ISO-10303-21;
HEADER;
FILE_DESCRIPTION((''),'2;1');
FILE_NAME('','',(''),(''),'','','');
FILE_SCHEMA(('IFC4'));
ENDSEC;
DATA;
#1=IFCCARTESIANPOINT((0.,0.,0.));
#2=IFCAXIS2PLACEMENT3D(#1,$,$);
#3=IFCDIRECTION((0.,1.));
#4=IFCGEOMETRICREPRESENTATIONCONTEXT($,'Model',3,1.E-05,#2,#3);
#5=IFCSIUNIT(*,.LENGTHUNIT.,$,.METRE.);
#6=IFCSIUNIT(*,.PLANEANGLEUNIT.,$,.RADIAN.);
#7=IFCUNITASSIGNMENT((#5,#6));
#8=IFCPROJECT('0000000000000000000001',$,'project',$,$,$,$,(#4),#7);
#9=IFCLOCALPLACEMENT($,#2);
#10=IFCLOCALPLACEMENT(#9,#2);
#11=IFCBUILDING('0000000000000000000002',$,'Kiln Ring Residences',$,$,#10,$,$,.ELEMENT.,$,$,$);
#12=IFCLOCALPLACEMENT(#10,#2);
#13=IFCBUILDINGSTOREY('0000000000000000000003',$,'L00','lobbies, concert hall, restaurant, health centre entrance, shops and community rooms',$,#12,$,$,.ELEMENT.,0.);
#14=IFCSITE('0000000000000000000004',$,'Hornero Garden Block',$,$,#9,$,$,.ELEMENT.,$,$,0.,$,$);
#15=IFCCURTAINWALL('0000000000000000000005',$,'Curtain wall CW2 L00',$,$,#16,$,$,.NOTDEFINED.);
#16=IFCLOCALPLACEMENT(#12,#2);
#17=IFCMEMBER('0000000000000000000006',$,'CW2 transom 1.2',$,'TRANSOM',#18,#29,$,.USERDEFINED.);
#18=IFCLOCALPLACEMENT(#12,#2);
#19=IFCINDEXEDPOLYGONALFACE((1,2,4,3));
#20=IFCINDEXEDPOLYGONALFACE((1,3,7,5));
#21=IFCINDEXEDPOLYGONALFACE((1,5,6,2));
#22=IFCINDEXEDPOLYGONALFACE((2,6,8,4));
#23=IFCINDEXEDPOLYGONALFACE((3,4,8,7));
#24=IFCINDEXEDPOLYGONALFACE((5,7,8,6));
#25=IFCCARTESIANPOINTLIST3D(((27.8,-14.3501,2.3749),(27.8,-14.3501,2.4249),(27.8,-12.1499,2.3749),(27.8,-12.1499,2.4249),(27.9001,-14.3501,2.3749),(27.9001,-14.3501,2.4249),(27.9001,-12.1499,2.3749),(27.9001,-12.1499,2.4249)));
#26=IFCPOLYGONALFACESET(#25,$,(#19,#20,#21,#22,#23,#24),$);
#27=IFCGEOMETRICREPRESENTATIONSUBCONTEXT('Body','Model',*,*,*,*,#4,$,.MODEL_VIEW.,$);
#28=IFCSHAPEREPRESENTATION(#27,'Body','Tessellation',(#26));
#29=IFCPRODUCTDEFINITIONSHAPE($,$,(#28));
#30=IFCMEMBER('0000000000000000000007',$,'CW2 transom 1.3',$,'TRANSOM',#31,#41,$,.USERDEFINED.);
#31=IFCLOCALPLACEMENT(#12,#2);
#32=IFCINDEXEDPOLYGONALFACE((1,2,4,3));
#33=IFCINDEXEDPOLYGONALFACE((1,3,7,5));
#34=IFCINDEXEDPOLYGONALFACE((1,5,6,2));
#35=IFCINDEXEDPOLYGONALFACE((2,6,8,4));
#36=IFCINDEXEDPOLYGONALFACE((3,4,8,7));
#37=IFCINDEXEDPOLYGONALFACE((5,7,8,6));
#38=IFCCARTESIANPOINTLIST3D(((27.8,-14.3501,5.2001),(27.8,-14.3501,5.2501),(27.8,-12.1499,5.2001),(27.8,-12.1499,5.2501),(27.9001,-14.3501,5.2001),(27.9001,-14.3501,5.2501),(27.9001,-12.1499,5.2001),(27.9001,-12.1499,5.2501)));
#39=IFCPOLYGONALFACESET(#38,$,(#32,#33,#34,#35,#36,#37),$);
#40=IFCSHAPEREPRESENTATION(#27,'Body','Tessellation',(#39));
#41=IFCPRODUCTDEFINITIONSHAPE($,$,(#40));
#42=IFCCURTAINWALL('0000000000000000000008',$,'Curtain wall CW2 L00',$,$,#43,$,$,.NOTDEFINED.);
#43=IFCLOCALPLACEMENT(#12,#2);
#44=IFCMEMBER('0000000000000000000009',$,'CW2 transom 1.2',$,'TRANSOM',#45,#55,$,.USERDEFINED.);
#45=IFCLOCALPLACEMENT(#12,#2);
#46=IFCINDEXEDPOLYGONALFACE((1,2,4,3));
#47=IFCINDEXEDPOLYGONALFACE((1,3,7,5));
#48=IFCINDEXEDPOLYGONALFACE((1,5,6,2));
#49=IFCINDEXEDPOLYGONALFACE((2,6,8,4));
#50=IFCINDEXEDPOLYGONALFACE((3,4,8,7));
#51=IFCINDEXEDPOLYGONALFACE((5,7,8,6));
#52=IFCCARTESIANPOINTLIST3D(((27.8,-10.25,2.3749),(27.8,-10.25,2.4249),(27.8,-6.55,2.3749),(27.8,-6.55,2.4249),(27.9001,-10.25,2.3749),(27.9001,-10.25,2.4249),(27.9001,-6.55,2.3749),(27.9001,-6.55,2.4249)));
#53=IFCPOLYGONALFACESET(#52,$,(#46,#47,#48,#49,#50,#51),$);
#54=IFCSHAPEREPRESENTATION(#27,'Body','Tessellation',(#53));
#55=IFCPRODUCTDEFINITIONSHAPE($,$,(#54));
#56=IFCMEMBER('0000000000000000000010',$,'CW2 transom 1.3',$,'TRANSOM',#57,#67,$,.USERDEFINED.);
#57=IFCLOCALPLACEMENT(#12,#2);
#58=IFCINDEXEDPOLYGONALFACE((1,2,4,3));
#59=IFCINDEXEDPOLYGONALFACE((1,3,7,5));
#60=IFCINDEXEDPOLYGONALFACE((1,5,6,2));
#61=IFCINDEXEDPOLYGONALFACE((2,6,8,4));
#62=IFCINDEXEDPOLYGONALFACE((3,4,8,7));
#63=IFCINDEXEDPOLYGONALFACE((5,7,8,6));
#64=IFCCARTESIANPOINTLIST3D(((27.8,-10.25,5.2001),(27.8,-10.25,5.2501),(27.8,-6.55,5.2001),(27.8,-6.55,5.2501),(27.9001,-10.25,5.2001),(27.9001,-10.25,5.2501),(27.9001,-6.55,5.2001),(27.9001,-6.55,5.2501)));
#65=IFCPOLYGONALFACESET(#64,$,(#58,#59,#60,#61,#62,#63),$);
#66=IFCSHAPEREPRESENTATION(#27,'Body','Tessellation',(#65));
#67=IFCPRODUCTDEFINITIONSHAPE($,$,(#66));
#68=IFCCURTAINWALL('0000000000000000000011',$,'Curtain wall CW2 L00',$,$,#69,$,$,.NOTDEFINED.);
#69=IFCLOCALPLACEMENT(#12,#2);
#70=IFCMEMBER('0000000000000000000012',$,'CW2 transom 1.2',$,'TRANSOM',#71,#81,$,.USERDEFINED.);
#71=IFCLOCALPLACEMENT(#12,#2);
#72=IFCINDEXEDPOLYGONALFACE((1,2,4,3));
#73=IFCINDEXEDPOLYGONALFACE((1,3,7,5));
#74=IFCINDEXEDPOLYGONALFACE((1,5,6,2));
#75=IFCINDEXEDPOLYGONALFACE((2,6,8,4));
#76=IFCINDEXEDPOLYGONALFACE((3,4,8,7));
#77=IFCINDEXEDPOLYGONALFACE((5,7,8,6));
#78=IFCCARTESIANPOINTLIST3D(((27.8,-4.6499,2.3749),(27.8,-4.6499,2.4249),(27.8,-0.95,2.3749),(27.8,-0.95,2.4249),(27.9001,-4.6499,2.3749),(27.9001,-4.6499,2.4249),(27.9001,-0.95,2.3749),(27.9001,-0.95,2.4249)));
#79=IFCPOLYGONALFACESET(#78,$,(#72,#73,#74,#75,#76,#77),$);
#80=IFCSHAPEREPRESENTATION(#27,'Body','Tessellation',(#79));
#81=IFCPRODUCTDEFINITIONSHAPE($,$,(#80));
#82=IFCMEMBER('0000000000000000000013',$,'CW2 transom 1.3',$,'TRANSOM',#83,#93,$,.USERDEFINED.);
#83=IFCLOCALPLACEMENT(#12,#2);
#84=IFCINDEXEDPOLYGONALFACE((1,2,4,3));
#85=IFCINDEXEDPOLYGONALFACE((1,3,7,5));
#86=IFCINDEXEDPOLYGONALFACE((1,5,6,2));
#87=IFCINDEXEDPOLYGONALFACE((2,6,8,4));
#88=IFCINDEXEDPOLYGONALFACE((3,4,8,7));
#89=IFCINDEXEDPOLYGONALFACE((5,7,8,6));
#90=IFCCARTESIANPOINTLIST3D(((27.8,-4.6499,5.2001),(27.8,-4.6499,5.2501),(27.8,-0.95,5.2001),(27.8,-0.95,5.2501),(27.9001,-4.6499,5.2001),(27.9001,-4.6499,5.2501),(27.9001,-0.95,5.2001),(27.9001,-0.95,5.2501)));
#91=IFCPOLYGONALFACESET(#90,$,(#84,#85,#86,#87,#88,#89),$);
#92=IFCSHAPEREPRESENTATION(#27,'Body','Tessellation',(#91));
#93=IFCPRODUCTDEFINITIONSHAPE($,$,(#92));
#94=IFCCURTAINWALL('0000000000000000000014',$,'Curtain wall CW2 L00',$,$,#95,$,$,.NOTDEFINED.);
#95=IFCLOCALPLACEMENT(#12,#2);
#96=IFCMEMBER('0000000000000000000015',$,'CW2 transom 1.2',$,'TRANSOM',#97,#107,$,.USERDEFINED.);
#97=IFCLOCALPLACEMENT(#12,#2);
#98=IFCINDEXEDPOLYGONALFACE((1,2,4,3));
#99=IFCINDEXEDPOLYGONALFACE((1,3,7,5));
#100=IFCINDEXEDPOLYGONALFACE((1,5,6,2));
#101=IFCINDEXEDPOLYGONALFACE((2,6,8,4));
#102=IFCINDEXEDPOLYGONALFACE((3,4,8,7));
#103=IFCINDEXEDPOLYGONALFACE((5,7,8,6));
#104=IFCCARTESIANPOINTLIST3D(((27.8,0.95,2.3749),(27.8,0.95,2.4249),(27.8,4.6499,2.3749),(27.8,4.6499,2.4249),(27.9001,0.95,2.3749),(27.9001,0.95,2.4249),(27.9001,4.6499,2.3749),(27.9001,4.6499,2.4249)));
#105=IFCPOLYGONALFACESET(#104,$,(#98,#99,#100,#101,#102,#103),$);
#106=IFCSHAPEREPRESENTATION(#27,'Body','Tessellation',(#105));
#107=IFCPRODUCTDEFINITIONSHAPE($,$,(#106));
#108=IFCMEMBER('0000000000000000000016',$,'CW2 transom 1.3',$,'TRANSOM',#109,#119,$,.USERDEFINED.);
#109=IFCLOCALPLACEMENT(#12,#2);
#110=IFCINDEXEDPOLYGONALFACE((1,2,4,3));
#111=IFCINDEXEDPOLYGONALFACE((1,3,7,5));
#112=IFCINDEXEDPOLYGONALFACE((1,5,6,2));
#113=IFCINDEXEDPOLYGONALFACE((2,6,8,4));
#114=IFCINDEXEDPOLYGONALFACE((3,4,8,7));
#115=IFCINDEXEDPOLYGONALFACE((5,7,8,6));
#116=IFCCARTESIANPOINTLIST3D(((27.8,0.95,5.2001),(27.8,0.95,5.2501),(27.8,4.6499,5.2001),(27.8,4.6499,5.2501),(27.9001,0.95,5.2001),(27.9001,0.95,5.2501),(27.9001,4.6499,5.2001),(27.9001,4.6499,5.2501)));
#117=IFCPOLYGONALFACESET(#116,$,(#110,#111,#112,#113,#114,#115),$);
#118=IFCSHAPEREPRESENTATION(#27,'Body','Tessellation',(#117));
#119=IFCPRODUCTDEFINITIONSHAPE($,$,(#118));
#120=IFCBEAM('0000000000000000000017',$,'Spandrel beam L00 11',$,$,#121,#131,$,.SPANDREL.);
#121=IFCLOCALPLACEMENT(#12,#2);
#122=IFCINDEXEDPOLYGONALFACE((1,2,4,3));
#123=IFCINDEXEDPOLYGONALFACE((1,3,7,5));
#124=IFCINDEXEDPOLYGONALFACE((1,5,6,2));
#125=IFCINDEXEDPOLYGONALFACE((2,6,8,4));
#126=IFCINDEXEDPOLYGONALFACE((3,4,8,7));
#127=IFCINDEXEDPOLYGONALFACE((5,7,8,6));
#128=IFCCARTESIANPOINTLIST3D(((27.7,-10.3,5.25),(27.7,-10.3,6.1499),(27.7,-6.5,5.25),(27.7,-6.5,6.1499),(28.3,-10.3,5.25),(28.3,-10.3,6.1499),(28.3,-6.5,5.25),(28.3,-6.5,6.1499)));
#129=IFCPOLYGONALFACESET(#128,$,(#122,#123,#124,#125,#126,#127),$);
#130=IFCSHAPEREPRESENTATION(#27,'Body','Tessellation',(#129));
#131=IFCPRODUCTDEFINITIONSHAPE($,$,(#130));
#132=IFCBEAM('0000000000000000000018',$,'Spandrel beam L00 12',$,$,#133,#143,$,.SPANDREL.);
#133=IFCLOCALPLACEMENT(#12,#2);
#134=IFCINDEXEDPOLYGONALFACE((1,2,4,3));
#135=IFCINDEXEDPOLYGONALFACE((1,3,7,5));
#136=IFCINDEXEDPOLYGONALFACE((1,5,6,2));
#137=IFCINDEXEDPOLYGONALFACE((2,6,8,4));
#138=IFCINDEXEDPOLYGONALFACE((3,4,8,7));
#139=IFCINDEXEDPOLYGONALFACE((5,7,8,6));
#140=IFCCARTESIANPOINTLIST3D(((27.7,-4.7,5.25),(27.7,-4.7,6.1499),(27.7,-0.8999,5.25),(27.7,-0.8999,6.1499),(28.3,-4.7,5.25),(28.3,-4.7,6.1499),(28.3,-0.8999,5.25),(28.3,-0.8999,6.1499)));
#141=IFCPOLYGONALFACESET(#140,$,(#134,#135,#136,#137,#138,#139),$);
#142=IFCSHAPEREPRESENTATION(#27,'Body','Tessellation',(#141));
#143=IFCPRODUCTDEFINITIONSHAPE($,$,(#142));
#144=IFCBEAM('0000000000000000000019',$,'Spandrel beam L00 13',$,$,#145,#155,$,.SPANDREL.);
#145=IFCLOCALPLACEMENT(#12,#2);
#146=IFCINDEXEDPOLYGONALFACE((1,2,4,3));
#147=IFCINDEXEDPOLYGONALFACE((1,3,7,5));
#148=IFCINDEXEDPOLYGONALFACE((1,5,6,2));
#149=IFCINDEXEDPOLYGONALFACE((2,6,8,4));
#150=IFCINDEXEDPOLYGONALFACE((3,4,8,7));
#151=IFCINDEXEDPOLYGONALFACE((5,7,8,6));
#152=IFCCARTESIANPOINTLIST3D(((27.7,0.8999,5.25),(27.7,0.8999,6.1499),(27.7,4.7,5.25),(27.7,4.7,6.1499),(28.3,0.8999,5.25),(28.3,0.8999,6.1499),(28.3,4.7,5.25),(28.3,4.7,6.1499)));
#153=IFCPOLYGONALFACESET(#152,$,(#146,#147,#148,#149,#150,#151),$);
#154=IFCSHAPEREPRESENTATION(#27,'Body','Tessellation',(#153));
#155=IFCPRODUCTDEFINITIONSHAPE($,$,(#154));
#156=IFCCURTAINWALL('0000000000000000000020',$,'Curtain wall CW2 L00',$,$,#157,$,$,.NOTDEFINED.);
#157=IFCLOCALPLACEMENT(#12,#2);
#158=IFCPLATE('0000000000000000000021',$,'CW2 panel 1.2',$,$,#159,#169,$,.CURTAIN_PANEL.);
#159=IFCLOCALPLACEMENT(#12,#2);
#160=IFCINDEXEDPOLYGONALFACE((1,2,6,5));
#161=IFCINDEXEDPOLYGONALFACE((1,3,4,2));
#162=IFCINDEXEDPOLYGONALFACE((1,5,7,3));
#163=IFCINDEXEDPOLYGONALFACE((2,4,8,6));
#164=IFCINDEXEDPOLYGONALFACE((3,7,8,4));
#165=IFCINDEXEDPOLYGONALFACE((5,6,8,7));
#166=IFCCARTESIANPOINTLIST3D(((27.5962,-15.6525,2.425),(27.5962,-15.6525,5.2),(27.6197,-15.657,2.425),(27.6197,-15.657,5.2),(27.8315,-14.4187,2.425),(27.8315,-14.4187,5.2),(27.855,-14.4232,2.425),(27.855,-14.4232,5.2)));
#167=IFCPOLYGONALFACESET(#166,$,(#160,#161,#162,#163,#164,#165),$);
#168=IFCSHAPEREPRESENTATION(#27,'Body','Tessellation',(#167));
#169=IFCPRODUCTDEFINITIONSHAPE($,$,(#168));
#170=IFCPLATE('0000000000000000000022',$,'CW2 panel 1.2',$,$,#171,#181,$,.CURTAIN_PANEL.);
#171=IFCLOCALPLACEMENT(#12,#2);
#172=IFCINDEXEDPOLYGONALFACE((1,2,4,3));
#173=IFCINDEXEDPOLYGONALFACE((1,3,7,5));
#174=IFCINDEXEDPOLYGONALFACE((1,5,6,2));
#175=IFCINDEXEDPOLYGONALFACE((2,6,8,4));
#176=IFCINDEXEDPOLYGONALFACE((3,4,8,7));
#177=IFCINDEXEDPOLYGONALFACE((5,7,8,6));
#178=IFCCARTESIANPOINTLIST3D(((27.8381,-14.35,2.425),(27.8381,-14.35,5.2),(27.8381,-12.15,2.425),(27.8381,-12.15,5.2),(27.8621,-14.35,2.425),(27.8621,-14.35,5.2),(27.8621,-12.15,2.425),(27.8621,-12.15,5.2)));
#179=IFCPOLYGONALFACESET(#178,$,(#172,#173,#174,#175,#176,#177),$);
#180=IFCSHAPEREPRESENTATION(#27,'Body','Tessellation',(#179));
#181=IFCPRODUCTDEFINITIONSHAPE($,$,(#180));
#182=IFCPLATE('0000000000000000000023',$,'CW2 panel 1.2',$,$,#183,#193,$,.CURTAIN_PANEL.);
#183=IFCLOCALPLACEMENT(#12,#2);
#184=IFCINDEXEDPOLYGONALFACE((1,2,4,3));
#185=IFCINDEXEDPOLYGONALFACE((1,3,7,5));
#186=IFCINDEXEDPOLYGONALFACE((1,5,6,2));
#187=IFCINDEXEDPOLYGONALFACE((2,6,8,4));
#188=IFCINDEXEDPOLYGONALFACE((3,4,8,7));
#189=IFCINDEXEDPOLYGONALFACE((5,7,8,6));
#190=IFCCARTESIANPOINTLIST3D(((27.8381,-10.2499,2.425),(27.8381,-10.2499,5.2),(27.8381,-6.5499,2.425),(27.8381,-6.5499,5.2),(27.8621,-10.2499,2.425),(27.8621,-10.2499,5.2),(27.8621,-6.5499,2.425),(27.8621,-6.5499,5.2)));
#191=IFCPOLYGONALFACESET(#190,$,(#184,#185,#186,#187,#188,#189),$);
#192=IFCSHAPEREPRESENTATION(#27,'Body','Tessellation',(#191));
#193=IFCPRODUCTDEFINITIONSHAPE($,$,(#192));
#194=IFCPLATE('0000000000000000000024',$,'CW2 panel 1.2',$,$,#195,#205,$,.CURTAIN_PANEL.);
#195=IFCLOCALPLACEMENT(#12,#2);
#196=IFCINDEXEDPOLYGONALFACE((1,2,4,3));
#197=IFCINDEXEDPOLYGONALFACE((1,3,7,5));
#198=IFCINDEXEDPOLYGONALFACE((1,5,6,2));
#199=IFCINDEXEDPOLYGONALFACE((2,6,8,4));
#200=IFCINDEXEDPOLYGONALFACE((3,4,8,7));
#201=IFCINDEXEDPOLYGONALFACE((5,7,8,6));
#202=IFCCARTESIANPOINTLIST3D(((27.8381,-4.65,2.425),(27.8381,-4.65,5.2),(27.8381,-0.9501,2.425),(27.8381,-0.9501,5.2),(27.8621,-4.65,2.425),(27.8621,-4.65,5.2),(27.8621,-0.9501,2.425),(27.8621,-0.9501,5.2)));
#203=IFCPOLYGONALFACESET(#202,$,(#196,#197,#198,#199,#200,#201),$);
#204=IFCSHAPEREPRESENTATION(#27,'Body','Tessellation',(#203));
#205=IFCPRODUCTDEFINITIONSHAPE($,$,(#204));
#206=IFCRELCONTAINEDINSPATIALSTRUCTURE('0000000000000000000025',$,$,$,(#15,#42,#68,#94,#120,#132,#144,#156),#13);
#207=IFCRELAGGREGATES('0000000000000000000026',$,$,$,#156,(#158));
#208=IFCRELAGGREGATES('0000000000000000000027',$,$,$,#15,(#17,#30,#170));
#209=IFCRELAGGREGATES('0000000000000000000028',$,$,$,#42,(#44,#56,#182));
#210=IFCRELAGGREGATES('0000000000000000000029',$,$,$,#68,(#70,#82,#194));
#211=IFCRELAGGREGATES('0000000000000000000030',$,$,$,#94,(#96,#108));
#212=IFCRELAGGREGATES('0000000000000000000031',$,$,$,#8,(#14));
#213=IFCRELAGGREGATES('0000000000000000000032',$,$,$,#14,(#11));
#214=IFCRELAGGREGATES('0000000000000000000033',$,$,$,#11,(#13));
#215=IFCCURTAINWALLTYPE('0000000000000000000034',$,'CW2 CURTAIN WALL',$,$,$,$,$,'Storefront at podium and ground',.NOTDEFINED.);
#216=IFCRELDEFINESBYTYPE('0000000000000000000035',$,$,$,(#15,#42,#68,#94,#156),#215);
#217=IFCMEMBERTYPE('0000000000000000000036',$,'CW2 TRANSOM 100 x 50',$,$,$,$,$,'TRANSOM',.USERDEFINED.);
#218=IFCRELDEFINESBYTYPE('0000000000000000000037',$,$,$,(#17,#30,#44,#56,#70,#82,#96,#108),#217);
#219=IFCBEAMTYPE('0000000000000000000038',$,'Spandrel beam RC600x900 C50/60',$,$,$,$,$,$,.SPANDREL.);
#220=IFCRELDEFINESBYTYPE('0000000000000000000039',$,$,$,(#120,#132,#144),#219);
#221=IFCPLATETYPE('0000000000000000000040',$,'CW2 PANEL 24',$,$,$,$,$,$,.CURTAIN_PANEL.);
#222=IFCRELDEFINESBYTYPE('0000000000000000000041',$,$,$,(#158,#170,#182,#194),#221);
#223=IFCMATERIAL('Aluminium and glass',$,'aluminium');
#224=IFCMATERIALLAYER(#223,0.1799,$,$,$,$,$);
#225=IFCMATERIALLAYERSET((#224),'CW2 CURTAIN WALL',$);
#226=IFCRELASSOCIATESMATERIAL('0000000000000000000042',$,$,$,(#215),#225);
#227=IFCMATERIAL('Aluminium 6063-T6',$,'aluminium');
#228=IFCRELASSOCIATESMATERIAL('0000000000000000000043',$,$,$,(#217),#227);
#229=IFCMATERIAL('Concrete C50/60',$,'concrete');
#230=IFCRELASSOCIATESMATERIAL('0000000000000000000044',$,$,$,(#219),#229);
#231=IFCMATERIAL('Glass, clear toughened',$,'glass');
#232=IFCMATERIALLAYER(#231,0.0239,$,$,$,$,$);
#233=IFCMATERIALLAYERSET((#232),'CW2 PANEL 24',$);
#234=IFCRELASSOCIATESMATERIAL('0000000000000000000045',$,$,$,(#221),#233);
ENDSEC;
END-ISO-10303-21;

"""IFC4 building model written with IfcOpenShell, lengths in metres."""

from ifc_helpers import new_model, si_unit, direction, frame, origin, origin_2d, place, context, subcontext, project, spatial, rectangle, extrude, material, layer, layer_set, material_profile, profile_set, type_object, element, aggregate, save


model = new_model("IFC4")

# Units and contexts
model_context = context("Model", 3, precision=1e-05, world=origin(), true_north=direction((0.0, 1.0)))
body_context = subcontext(model_context, "Body", "Model", "MODEL_VIEW")
ifc_project = project(units=[si_unit("LENGTHUNIT", "METRE"), si_unit("PLANEANGLEUNIT", "RADIAN")], contexts=[model_context])

# Site, building, storey
site_placement = place(None, origin())
site = spatial("IfcSite", under=ifc_project, at=site_placement, Name="Hornero Garden Block", CompositionType="ELEMENT", RefElevation=0.0)
building_placement = place(site_placement, origin())
building = spatial("IfcBuilding", under=site, at=building_placement, Name="Kiln Ring Residences", CompositionType="ELEMENT")
storey_placement = place(building_placement, origin())
storey = spatial("IfcBuildingStorey", under=building, at=storey_placement, Name="L00", Description="lobbies, concert hall, restaurant, health centre entrance, shops and community rooms", CompositionType="ELEMENT", Elevation=0.0)

# Curtain walls, members
ifc_material_1 = material(Name="Aluminium and glass", Category="aluminium")
ifc_layer_1 = layer(ifc_material_1, 0.1799)
ifc_layer_set_1 = layer_set([ifc_layer_1], Name="CW2 CURTAIN WALL")
curtain_wall_type = type_object("IfcCurtainWallType", Name="CW2 CURTAIN WALL", ElementType="Storefront at podium and ground", PredefinedType="NOTDEFINED", material=ifc_layer_set_1)
placement = place(storey_placement, origin())
curtain_wall_1 = element("IfcCurtainWall", 1, at=placement, inside=storey, type_object=curtain_wall_type, Name="Curtain wall CW2 L00", PredefinedType="NOTDEFINED")
ifc_material_2 = material(Name="Aluminium 6063-T6", Category="aluminium")
ifc_material_profile_1 = material_profile(ifc_material_2, rectangle(XDim=0.1001, YDim=0.05, at=origin_2d()), Name="AL 100x50")
ifc_profile_set_1 = profile_set([ifc_material_profile_1], Name="Aluminium 6063-T6")
member_type = type_object("IfcMemberType", Name="CW2 TRANSOM 100 x 50", ElementType="TRANSOM", PredefinedType="USERDEFINED", material=ifc_profile_set_1)
member_1_placement = place(storey_placement, frame((27.8501, -14.3501, 2.3999), z_axis=(0.0, 1.0, 0.0), x_axis=(-1.0, 0.0, 0.0)))
member_1 = element("IfcMember", 2, at=member_1_placement, type_object=member_type, Name="CW2 transom 1.2", ObjectType="TRANSOM", PredefinedType="USERDEFINED", context=body_context, shape_type="SweptSolid", body=[
    extrude(rectangle(XDim=0.1001, YDim=0.05, at=origin_2d()), origin(), (0.0, 0.0, 1.0), 2.2002),
])
member_2_placement = place(storey_placement, frame((27.8501, -14.3501, 5.2251), z_axis=(0.0, 1.0, 0.0), x_axis=(-1.0, 0.0, 0.0)))
member_2 = element("IfcMember", 3, at=member_2_placement, type_object=member_type, Name="CW2 transom 1.3", ObjectType="TRANSOM", PredefinedType="USERDEFINED", context=body_context, shape_type="SweptSolid", body=[
    extrude(rectangle(XDim=0.1001, YDim=0.05, at=origin_2d()), origin(), (0.0, 0.0, 1.0), 2.2002),
])
curtain_wall_2 = element("IfcCurtainWall", 4, at=placement, inside=storey, type_object=curtain_wall_type, Name="Curtain wall CW2 L00", PredefinedType="NOTDEFINED")
member_3_placement = place(storey_placement, frame((27.8501, -10.25, 2.3999), z_axis=(0.0, 1.0, 0.0), x_axis=(-1.0, 0.0, 0.0)))
member_3 = element("IfcMember", 5, at=member_3_placement, type_object=member_type, Name="CW2 transom 1.2", ObjectType="TRANSOM", PredefinedType="USERDEFINED", context=body_context, shape_type="SweptSolid", body=[
    extrude(rectangle(XDim=0.1001, YDim=0.05, at=origin_2d()), origin(), (0.0, 0.0, 1.0), 3.7),
])
member_4_placement = place(storey_placement, frame((27.8501, -10.25, 5.2251), z_axis=(0.0, 1.0, 0.0), x_axis=(-1.0, 0.0, 0.0)))
member_4 = element("IfcMember", 6, at=member_4_placement, type_object=member_type, Name="CW2 transom 1.3", ObjectType="TRANSOM", PredefinedType="USERDEFINED", context=body_context, shape_type="SweptSolid", body=[
    extrude(rectangle(XDim=0.1001, YDim=0.05, at=origin_2d()), origin(), (0.0, 0.0, 1.0), 3.7),
])
curtain_wall_3 = element("IfcCurtainWall", 7, at=placement, inside=storey, type_object=curtain_wall_type, Name="Curtain wall CW2 L00", PredefinedType="NOTDEFINED")
member_5_placement = place(storey_placement, frame((27.8501, -4.6499, 2.3999), z_axis=(0.0, 1.0, 0.0), x_axis=(-1.0, 0.0, 0.0)))
member_5 = element("IfcMember", 8, at=member_5_placement, type_object=member_type, Name="CW2 transom 1.2", ObjectType="TRANSOM", PredefinedType="USERDEFINED", context=body_context, shape_type="SweptSolid", body=[
    extrude(rectangle(XDim=0.1001, YDim=0.05, at=origin_2d()), origin(), (0.0, 0.0, 1.0), 3.7),
])
member_6_placement = place(storey_placement, frame((27.8501, -4.6499, 5.2251), z_axis=(0.0, 1.0, 0.0), x_axis=(-1.0, 0.0, 0.0)))
member_6 = element("IfcMember", 9, at=member_6_placement, type_object=member_type, Name="CW2 transom 1.3", ObjectType="TRANSOM", PredefinedType="USERDEFINED", context=body_context, shape_type="SweptSolid", body=[
    extrude(rectangle(XDim=0.1001, YDim=0.05, at=origin_2d()), origin(), (0.0, 0.0, 1.0), 3.7),
])
curtain_wall_4 = element("IfcCurtainWall", 10, at=placement, inside=storey, type_object=curtain_wall_type, Name="Curtain wall CW2 L00", PredefinedType="NOTDEFINED")
member_7_placement = place(storey_placement, frame((27.8501, 0.95, 2.3999), z_axis=(0.0, 1.0, 0.0), x_axis=(-1.0, 0.0, 0.0)))
member_7 = element("IfcMember", 11, at=member_7_placement, type_object=member_type, Name="CW2 transom 1.2", ObjectType="TRANSOM", PredefinedType="USERDEFINED", context=body_context, shape_type="SweptSolid", body=[
    extrude(rectangle(XDim=0.1001, YDim=0.05, at=origin_2d()), origin(), (0.0, 0.0, 1.0), 3.7),
])
member_8_placement = place(storey_placement, frame((27.8501, 0.95, 5.2251), z_axis=(0.0, 1.0, 0.0), x_axis=(-1.0, 0.0, 0.0)))
member_8 = element("IfcMember", 12, at=member_8_placement, type_object=member_type, Name="CW2 transom 1.3", ObjectType="TRANSOM", PredefinedType="USERDEFINED", context=body_context, shape_type="SweptSolid", body=[
    extrude(rectangle(XDim=0.1001, YDim=0.05, at=origin_2d()), origin(), (0.0, 0.0, 1.0), 3.7),
])

# Beams
ifc_material_3 = material(Name="Concrete C50/60", Category="concrete")
ifc_material_profile_2 = material_profile(ifc_material_3, rectangle(XDim=0.6001, YDim=0.8999, at=origin_2d()), Name="RC600x900")
ifc_profile_set_2 = profile_set([ifc_material_profile_2], Name="Concrete C50/60")
beam_type = type_object("IfcBeamType", Name="Spandrel beam RC600x900 C50/60", PredefinedType="SPANDREL", material=ifc_profile_set_2)
for number, where, z_axis, x_axis, name in (
    (13, (28.0, -10.3, 5.7), (0.0, 1.0, 0.0), (-1.0, 0.0, 0.0), "Spandrel beam L00 11"),
    (14, (28.0, -4.7, 5.7), (0.0, 1.0, 0.0), (-1.0, 0.0, 0.0), "Spandrel beam L00 12"),
    (15, (28.0, 0.8999, 5.7), (0.0, 1.0, 0.0), (-1.0, 0.0, 0.0), "Spandrel beam L00 13"),
):
    element("IfcBeam", number, at=place(storey_placement, frame(where, z_axis=z_axis, x_axis=x_axis)), inside=storey, type_object=beam_type, Name=name, PredefinedType="SPANDREL", context=body_context, shape_type="SweptSolid", body=[
        extrude(rectangle(XDim=0.6001, YDim=0.8999, at=origin_2d()), origin(), (0.0, 0.0, 1.0), 3.8),
    ])

# Curtain wall, plate
curtain_wall_5 = element("IfcCurtainWall", 16, at=placement, inside=storey, type_object=curtain_wall_type, Name="Curtain wall CW2 L00", PredefinedType="NOTDEFINED")
ifc_material_4 = material(Name="Glass, clear toughened", Category="glass")
ifc_layer_2 = layer(ifc_material_4, 0.0239)
ifc_layer_set_2 = layer_set([ifc_layer_2], Name="CW2 PANEL 24")
plate_type = type_object("IfcPlateType", Name="CW2 PANEL 24", PredefinedType="CURTAIN_PANEL", material=ifc_layer_set_2)
plate_1_placement = place(storey_placement, frame((27.7256, -15.0378, 2.425), z_axis=(0.0, 0.0, 1.0), x_axis=(0.187366, 0.98229, 0.0)))
plate_1 = element("IfcPlate", 17, at=plate_1_placement, type_object=plate_type, Name="CW2 panel 1.2", PredefinedType="CURTAIN_PANEL", context=body_context, shape_type="SweptSolid", body=[
    extrude(rectangle(XDim=1.2561, YDim=0.0239, at=origin_2d()), origin(), (0.0, 0.0, 1.0), 2.7749),
])
aggregate(curtain_wall_5, [plate_1])

# Plates
plate_2_placement = place(storey_placement, frame((27.8501, -13.25, 2.425), z_axis=(0.0, 0.0, 1.0), x_axis=(0.0, 1.0, 0.0)))
plate_2 = element("IfcPlate", 18, at=plate_2_placement, type_object=plate_type, Name="CW2 panel 1.2", PredefinedType="CURTAIN_PANEL", context=body_context, shape_type="SweptSolid", body=[
    extrude(rectangle(XDim=2.2, YDim=0.0239, at=origin_2d()), origin(), (0.0, 0.0, 1.0), 2.7749),
])
aggregate(curtain_wall_1, [member_1, member_2, plate_2])
plate_3_placement = place(storey_placement, frame((27.8501, -8.3999, 2.425), z_axis=(0.0, 0.0, 1.0), x_axis=(0.0, 1.0, 0.0)))
plate_3 = element("IfcPlate", 19, at=plate_3_placement, type_object=plate_type, Name="CW2 panel 1.2", PredefinedType="CURTAIN_PANEL", context=body_context, shape_type="SweptSolid", body=[
    extrude(rectangle(XDim=3.7, YDim=0.0239, at=origin_2d()), origin(), (0.0, 0.0, 1.0), 2.7749),
])
aggregate(curtain_wall_2, [member_3, member_4, plate_3])
plate_4_placement = place(storey_placement, frame((27.8501, -2.8, 2.425), z_axis=(0.0, 0.0, 1.0), x_axis=(0.0, 1.0, 0.0)))
plate_4 = element("IfcPlate", 20, at=plate_4_placement, type_object=plate_type, Name="CW2 panel 1.2", PredefinedType="CURTAIN_PANEL", context=body_context, shape_type="SweptSolid", body=[
    extrude(rectangle(XDim=3.7, YDim=0.0239, at=origin_2d()), origin(), (0.0, 0.0, 1.0), 2.7749),
])
aggregate(curtain_wall_3, [member_5, member_6, plate_4])
aggregate(curtain_wall_4, [member_7, member_8])

save(model, "model.ifc")
